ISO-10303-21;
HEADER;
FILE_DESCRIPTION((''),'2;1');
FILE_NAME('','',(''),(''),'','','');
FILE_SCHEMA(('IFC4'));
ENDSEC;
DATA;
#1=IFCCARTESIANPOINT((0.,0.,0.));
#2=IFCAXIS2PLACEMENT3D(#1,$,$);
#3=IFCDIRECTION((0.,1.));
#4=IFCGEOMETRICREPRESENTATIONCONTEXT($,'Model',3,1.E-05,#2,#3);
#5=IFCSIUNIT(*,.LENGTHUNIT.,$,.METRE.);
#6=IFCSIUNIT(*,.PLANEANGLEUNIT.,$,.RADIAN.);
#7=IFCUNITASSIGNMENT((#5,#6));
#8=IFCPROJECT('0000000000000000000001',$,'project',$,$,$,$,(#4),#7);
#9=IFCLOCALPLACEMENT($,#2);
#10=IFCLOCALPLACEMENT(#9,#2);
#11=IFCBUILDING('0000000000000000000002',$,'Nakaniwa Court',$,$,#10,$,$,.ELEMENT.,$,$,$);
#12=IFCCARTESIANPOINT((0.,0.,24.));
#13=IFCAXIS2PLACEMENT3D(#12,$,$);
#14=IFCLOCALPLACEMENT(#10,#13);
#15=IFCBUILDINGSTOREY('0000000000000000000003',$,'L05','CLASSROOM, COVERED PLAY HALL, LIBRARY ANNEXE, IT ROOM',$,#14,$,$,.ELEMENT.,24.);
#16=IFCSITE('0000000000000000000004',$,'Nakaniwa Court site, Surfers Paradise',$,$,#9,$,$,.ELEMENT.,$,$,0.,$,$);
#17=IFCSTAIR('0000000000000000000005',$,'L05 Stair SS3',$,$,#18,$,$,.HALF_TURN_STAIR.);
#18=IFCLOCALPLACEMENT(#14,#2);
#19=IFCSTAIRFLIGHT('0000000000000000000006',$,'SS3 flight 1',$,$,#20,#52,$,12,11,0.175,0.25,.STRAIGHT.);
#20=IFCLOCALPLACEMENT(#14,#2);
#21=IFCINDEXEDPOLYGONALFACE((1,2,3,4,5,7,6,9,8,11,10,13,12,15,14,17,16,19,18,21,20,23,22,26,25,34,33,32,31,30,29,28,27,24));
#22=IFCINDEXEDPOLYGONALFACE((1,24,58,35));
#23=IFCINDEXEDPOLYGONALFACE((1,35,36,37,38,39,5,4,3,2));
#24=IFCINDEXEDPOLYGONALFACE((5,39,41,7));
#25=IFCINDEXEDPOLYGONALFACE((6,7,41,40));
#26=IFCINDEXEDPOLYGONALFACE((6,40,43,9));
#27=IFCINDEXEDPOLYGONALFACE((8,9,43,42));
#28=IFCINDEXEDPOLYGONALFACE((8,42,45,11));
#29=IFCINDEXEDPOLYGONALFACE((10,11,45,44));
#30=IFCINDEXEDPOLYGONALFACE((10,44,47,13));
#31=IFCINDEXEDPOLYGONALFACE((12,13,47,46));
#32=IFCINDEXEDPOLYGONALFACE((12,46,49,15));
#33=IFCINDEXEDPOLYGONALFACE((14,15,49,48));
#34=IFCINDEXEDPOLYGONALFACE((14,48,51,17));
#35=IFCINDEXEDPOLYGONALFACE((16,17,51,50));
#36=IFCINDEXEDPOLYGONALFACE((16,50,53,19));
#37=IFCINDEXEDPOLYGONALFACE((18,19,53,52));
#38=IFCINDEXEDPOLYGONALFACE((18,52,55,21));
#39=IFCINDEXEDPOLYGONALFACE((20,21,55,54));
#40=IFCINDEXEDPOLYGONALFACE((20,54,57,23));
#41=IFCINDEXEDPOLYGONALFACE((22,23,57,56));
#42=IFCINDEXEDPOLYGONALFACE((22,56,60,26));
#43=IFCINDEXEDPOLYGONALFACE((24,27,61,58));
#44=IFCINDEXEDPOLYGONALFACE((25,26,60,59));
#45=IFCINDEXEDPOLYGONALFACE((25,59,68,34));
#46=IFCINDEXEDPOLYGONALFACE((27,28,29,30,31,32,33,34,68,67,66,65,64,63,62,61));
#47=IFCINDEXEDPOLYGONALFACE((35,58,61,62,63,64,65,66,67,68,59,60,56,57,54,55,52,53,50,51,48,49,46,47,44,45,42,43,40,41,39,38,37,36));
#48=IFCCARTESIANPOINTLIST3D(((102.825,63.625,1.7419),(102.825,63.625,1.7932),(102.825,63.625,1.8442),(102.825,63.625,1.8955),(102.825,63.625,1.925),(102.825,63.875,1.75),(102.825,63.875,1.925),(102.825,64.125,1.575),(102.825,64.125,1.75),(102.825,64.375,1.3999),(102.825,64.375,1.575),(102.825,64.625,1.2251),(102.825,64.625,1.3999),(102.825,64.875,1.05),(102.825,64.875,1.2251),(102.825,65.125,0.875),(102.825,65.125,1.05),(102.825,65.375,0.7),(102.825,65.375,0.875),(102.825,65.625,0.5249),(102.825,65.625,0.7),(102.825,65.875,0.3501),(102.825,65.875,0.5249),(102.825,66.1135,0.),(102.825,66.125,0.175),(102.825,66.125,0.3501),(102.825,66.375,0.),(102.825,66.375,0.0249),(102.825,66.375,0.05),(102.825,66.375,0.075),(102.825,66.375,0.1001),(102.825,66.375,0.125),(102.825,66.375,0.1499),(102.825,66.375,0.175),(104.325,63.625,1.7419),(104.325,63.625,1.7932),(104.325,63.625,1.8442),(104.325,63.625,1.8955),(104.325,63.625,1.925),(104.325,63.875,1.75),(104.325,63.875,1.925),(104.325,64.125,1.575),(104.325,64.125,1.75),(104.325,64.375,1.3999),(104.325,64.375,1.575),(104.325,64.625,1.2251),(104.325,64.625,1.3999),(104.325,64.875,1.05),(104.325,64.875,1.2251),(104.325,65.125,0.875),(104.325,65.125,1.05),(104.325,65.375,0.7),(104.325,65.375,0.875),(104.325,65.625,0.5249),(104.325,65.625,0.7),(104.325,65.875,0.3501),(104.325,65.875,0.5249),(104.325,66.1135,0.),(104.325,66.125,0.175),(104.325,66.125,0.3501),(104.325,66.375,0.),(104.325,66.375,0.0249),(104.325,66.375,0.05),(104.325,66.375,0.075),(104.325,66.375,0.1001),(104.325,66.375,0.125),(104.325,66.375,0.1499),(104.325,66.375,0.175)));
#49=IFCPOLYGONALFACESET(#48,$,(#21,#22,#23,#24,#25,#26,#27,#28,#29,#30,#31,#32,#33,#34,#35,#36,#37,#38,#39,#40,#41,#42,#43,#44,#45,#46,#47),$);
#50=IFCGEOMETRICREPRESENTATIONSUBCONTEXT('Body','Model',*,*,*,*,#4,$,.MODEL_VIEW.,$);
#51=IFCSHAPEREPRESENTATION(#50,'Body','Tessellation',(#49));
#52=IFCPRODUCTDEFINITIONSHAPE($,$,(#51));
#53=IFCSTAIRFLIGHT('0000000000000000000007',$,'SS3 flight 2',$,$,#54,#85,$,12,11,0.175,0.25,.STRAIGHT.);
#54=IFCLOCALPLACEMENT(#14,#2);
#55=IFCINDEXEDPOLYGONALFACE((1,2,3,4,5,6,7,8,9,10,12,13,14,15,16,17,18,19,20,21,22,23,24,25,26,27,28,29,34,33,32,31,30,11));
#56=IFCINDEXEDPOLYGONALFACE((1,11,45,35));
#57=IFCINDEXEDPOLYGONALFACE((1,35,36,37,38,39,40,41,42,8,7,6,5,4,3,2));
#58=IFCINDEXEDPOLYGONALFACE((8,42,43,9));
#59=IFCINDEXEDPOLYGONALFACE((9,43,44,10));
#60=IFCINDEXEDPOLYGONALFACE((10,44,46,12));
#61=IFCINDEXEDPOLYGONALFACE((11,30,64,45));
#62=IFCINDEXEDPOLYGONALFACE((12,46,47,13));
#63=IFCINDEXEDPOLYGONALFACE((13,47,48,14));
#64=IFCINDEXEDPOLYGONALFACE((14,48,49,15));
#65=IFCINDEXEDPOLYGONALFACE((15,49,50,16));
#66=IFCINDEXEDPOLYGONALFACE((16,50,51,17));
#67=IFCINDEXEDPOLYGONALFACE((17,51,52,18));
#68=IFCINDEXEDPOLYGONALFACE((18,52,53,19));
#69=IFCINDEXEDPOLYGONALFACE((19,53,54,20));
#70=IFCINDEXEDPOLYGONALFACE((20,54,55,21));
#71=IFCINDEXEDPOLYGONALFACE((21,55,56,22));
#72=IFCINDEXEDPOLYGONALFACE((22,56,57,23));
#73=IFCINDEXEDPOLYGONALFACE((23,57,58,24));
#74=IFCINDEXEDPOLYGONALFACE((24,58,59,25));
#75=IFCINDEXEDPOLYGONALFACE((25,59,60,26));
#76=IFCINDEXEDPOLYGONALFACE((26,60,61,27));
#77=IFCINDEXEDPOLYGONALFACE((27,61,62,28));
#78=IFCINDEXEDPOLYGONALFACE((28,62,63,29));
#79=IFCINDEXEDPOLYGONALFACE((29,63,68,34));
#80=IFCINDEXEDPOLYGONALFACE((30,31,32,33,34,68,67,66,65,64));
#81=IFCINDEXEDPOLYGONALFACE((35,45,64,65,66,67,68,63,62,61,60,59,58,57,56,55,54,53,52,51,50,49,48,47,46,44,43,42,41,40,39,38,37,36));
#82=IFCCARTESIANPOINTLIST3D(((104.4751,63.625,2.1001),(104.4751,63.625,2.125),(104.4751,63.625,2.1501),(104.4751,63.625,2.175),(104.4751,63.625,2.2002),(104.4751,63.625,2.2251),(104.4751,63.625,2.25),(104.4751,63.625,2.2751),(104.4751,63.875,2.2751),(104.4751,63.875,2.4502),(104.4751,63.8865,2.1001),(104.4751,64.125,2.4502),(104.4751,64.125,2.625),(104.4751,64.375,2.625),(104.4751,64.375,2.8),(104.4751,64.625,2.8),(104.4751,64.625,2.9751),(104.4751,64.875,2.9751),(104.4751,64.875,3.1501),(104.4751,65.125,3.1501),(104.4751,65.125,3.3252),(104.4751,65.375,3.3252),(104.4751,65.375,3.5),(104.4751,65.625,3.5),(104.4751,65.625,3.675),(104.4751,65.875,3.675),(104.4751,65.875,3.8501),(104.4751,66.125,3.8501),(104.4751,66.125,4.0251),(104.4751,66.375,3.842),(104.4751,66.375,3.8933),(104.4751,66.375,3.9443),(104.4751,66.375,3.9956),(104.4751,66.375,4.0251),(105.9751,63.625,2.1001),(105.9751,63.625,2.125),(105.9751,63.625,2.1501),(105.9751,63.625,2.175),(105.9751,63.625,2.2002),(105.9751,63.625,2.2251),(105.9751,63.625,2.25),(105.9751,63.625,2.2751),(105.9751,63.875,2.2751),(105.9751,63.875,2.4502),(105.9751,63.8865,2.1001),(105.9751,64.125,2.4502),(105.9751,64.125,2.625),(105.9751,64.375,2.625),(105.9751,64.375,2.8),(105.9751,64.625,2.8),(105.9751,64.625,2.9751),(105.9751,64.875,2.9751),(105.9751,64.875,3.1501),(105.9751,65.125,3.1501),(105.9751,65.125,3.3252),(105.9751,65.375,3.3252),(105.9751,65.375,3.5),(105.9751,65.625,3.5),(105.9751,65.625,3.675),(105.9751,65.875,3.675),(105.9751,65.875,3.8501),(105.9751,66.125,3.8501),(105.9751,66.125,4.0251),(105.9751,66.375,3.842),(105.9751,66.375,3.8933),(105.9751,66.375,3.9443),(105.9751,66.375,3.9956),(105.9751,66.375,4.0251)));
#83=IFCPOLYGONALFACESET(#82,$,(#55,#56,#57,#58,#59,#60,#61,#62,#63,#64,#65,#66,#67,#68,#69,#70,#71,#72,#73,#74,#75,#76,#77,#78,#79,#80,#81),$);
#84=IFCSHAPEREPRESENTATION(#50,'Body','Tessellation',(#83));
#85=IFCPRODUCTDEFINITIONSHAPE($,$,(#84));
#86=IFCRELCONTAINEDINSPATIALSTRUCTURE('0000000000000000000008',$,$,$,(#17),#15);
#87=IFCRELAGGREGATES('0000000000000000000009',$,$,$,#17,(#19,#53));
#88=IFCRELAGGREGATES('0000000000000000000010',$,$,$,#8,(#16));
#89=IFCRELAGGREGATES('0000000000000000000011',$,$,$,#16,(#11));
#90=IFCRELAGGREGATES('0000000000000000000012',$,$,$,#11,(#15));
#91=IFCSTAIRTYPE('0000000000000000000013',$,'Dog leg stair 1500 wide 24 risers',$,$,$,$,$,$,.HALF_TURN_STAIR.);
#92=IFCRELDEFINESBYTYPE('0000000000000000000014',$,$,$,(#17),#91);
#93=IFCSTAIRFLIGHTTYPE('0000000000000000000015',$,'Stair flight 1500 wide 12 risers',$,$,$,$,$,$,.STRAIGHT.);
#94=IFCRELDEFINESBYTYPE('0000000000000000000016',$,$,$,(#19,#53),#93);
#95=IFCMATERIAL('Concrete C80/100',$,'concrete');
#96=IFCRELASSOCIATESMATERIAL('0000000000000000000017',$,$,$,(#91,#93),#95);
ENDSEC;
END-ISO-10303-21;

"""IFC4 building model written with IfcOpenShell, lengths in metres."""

from ifc_helpers import new_model, si_unit, direction, frame, origin, place, context, subcontext, project, spatial, polyline, outline, extrude, material, type_object, element, aggregate, save


model = new_model("IFC4")

# Units and contexts
model_context = context("Model", 3, precision=1e-05, world=origin(), true_north=direction((0.0, 1.0)))
body_context = subcontext(model_context, "Body", "Model", "MODEL_VIEW")
ifc_project = project(units=[si_unit("LENGTHUNIT", "METRE"), si_unit("PLANEANGLEUNIT", "RADIAN")], contexts=[model_context])

# Site, building, storey
site_placement = place(None, origin())
site = spatial("IfcSite", under=ifc_project, at=site_placement, Name="Nakaniwa Court site, Surfers Paradise", CompositionType="ELEMENT", RefElevation=0.0)
building_placement = place(site_placement, origin())
building = spatial("IfcBuilding", under=site, at=building_placement, Name="Nakaniwa Court", CompositionType="ELEMENT")
storey_placement = place(building_placement, frame((0.0, 0.0, 24.0)))
storey = spatial("IfcBuildingStorey", under=building, at=storey_placement, Name="L05", Description="CLASSROOM, COVERED PLAY HALL, LIBRARY ANNEXE, IT ROOM", CompositionType="ELEMENT", Elevation=24.0)

# Stair, stair flights
ifc_material_1 = material(Name="Concrete C80/100", Category="concrete")
stair_type = type_object("IfcStairType", Name="Dog leg stair 1500 wide 24 risers", PredefinedType="HALF_TURN_STAIR", material=ifc_material_1)
stair_placement = place(storey_placement, origin())
stair = element("IfcStair", 1, at=stair_placement, inside=storey, type_object=stair_type, Name="L05 Stair SS3", PredefinedType="HALF_TURN_STAIR")
stair_flight_type = type_object("IfcStairFlightType", Name="Stair flight 1500 wide 12 risers", PredefinedType="STRAIGHT", material=ifc_material_1)
stair_flight_1_placement = place(storey_placement, frame((103.575, 66.375, 0.0), z_axis=(0.0, 0.0, 1.0), x_axis=(0.0, -1.0, 0.0)))
stair_flight_1 = element("IfcStairFlight", 2, at=stair_flight_1_placement, type_object=stair_flight_type, Name="SS3 flight 1", NumberOfRisers=12, NumberOfTreads=11, PredefinedType="STRAIGHT", RiserHeight=0.175, TreadLength=0.25, context=body_context, shape_type="SweptSolid", body=[
    extrude(outline(polyline([(0.0, 0.0), (0.0, 0.0249), (0.0, 0.05), (0.0, 0.075), (0.0, 0.1001), (0.0, 0.125), (0.0, 0.1499), (0.0, 0.175), (0.25, 0.175), (0.25, 0.3501), (0.5, 0.3501), (0.5, 0.5249), (0.75, 0.5249), (0.75, 0.7), (1.0, 0.7), (1.0, 0.875), (1.25, 0.875), (1.25, 1.05), (1.5, 1.05), (1.5, 1.2251), (1.75, 1.2251), (1.75, 1.3999), (2.0, 1.3999), (2.0, 1.575), (2.25, 1.575), (2.25, 1.75), (2.5, 1.75), (2.5, 1.925), (2.75, 1.925), (2.75, 2.1001), (2.75, 2.0488), (2.75, 1.9978), (2.75, 1.9465), (2.75, 1.8955), (2.75, 1.8442), (2.75, 1.7932), (2.75, 1.7419), (0.2615, 0.0), (0.0, 0.0)])), frame((0.0, 0.75, 0.0), z_axis=(0.0, -1.0, 0.0), x_axis=(1.0, 0.0, 0.0)), (0.0, 0.0, 1.0), 1.5),
])
stair_flight_2_placement = place(storey_placement, frame((105.2251, 63.625, 2.1001), z_axis=(0.0, 0.0, 1.0), x_axis=(0.0, 1.0, 0.0)))
stair_flight_2 = element("IfcStairFlight", 3, at=stair_flight_2_placement, type_object=stair_flight_type, Name="SS3 flight 2", NumberOfRisers=12, NumberOfTreads=11, PredefinedType="STRAIGHT", RiserHeight=0.175, TreadLength=0.25, context=body_context, shape_type="SweptSolid", body=[
    extrude(outline(polyline([(0.0, 0.0), (0.0, 0.0249), (0.0, 0.05), (0.0, 0.075), (0.0, 0.1001), (0.0, 0.125), (0.0, 0.1499), (0.0, 0.175), (0.25, 0.175), (0.25, 0.3501), (0.5, 0.3501), (0.5, 0.5249), (0.75, 0.5249), (0.75, 0.7), (1.0, 0.7), (1.0, 0.875), (1.25, 0.875), (1.25, 1.05), (1.5, 1.05), (1.5, 1.2251), (1.75, 1.2251), (1.75, 1.3999), (2.0, 1.3999), (2.0, 1.575), (2.25, 1.575), (2.25, 1.75), (2.5, 1.75), (2.5, 1.925), (2.75, 1.925), (2.75, 2.1001), (2.75, 2.0488), (2.75, 1.9978), (2.75, 1.9465), (2.75, 1.8955), (2.75, 1.8442), (2.75, 1.7932), (2.75, 1.7419), (0.2615, 0.0), (0.0, 0.0)])), frame((0.0, 0.75, 0.0), z_axis=(0.0, -1.0, 0.0), x_axis=(1.0, 0.0, 0.0)), (0.0, 0.0, 1.0), 1.5),
])
aggregate(stair, [stair_flight_1, stair_flight_2])

save(model, "model.ifc")
